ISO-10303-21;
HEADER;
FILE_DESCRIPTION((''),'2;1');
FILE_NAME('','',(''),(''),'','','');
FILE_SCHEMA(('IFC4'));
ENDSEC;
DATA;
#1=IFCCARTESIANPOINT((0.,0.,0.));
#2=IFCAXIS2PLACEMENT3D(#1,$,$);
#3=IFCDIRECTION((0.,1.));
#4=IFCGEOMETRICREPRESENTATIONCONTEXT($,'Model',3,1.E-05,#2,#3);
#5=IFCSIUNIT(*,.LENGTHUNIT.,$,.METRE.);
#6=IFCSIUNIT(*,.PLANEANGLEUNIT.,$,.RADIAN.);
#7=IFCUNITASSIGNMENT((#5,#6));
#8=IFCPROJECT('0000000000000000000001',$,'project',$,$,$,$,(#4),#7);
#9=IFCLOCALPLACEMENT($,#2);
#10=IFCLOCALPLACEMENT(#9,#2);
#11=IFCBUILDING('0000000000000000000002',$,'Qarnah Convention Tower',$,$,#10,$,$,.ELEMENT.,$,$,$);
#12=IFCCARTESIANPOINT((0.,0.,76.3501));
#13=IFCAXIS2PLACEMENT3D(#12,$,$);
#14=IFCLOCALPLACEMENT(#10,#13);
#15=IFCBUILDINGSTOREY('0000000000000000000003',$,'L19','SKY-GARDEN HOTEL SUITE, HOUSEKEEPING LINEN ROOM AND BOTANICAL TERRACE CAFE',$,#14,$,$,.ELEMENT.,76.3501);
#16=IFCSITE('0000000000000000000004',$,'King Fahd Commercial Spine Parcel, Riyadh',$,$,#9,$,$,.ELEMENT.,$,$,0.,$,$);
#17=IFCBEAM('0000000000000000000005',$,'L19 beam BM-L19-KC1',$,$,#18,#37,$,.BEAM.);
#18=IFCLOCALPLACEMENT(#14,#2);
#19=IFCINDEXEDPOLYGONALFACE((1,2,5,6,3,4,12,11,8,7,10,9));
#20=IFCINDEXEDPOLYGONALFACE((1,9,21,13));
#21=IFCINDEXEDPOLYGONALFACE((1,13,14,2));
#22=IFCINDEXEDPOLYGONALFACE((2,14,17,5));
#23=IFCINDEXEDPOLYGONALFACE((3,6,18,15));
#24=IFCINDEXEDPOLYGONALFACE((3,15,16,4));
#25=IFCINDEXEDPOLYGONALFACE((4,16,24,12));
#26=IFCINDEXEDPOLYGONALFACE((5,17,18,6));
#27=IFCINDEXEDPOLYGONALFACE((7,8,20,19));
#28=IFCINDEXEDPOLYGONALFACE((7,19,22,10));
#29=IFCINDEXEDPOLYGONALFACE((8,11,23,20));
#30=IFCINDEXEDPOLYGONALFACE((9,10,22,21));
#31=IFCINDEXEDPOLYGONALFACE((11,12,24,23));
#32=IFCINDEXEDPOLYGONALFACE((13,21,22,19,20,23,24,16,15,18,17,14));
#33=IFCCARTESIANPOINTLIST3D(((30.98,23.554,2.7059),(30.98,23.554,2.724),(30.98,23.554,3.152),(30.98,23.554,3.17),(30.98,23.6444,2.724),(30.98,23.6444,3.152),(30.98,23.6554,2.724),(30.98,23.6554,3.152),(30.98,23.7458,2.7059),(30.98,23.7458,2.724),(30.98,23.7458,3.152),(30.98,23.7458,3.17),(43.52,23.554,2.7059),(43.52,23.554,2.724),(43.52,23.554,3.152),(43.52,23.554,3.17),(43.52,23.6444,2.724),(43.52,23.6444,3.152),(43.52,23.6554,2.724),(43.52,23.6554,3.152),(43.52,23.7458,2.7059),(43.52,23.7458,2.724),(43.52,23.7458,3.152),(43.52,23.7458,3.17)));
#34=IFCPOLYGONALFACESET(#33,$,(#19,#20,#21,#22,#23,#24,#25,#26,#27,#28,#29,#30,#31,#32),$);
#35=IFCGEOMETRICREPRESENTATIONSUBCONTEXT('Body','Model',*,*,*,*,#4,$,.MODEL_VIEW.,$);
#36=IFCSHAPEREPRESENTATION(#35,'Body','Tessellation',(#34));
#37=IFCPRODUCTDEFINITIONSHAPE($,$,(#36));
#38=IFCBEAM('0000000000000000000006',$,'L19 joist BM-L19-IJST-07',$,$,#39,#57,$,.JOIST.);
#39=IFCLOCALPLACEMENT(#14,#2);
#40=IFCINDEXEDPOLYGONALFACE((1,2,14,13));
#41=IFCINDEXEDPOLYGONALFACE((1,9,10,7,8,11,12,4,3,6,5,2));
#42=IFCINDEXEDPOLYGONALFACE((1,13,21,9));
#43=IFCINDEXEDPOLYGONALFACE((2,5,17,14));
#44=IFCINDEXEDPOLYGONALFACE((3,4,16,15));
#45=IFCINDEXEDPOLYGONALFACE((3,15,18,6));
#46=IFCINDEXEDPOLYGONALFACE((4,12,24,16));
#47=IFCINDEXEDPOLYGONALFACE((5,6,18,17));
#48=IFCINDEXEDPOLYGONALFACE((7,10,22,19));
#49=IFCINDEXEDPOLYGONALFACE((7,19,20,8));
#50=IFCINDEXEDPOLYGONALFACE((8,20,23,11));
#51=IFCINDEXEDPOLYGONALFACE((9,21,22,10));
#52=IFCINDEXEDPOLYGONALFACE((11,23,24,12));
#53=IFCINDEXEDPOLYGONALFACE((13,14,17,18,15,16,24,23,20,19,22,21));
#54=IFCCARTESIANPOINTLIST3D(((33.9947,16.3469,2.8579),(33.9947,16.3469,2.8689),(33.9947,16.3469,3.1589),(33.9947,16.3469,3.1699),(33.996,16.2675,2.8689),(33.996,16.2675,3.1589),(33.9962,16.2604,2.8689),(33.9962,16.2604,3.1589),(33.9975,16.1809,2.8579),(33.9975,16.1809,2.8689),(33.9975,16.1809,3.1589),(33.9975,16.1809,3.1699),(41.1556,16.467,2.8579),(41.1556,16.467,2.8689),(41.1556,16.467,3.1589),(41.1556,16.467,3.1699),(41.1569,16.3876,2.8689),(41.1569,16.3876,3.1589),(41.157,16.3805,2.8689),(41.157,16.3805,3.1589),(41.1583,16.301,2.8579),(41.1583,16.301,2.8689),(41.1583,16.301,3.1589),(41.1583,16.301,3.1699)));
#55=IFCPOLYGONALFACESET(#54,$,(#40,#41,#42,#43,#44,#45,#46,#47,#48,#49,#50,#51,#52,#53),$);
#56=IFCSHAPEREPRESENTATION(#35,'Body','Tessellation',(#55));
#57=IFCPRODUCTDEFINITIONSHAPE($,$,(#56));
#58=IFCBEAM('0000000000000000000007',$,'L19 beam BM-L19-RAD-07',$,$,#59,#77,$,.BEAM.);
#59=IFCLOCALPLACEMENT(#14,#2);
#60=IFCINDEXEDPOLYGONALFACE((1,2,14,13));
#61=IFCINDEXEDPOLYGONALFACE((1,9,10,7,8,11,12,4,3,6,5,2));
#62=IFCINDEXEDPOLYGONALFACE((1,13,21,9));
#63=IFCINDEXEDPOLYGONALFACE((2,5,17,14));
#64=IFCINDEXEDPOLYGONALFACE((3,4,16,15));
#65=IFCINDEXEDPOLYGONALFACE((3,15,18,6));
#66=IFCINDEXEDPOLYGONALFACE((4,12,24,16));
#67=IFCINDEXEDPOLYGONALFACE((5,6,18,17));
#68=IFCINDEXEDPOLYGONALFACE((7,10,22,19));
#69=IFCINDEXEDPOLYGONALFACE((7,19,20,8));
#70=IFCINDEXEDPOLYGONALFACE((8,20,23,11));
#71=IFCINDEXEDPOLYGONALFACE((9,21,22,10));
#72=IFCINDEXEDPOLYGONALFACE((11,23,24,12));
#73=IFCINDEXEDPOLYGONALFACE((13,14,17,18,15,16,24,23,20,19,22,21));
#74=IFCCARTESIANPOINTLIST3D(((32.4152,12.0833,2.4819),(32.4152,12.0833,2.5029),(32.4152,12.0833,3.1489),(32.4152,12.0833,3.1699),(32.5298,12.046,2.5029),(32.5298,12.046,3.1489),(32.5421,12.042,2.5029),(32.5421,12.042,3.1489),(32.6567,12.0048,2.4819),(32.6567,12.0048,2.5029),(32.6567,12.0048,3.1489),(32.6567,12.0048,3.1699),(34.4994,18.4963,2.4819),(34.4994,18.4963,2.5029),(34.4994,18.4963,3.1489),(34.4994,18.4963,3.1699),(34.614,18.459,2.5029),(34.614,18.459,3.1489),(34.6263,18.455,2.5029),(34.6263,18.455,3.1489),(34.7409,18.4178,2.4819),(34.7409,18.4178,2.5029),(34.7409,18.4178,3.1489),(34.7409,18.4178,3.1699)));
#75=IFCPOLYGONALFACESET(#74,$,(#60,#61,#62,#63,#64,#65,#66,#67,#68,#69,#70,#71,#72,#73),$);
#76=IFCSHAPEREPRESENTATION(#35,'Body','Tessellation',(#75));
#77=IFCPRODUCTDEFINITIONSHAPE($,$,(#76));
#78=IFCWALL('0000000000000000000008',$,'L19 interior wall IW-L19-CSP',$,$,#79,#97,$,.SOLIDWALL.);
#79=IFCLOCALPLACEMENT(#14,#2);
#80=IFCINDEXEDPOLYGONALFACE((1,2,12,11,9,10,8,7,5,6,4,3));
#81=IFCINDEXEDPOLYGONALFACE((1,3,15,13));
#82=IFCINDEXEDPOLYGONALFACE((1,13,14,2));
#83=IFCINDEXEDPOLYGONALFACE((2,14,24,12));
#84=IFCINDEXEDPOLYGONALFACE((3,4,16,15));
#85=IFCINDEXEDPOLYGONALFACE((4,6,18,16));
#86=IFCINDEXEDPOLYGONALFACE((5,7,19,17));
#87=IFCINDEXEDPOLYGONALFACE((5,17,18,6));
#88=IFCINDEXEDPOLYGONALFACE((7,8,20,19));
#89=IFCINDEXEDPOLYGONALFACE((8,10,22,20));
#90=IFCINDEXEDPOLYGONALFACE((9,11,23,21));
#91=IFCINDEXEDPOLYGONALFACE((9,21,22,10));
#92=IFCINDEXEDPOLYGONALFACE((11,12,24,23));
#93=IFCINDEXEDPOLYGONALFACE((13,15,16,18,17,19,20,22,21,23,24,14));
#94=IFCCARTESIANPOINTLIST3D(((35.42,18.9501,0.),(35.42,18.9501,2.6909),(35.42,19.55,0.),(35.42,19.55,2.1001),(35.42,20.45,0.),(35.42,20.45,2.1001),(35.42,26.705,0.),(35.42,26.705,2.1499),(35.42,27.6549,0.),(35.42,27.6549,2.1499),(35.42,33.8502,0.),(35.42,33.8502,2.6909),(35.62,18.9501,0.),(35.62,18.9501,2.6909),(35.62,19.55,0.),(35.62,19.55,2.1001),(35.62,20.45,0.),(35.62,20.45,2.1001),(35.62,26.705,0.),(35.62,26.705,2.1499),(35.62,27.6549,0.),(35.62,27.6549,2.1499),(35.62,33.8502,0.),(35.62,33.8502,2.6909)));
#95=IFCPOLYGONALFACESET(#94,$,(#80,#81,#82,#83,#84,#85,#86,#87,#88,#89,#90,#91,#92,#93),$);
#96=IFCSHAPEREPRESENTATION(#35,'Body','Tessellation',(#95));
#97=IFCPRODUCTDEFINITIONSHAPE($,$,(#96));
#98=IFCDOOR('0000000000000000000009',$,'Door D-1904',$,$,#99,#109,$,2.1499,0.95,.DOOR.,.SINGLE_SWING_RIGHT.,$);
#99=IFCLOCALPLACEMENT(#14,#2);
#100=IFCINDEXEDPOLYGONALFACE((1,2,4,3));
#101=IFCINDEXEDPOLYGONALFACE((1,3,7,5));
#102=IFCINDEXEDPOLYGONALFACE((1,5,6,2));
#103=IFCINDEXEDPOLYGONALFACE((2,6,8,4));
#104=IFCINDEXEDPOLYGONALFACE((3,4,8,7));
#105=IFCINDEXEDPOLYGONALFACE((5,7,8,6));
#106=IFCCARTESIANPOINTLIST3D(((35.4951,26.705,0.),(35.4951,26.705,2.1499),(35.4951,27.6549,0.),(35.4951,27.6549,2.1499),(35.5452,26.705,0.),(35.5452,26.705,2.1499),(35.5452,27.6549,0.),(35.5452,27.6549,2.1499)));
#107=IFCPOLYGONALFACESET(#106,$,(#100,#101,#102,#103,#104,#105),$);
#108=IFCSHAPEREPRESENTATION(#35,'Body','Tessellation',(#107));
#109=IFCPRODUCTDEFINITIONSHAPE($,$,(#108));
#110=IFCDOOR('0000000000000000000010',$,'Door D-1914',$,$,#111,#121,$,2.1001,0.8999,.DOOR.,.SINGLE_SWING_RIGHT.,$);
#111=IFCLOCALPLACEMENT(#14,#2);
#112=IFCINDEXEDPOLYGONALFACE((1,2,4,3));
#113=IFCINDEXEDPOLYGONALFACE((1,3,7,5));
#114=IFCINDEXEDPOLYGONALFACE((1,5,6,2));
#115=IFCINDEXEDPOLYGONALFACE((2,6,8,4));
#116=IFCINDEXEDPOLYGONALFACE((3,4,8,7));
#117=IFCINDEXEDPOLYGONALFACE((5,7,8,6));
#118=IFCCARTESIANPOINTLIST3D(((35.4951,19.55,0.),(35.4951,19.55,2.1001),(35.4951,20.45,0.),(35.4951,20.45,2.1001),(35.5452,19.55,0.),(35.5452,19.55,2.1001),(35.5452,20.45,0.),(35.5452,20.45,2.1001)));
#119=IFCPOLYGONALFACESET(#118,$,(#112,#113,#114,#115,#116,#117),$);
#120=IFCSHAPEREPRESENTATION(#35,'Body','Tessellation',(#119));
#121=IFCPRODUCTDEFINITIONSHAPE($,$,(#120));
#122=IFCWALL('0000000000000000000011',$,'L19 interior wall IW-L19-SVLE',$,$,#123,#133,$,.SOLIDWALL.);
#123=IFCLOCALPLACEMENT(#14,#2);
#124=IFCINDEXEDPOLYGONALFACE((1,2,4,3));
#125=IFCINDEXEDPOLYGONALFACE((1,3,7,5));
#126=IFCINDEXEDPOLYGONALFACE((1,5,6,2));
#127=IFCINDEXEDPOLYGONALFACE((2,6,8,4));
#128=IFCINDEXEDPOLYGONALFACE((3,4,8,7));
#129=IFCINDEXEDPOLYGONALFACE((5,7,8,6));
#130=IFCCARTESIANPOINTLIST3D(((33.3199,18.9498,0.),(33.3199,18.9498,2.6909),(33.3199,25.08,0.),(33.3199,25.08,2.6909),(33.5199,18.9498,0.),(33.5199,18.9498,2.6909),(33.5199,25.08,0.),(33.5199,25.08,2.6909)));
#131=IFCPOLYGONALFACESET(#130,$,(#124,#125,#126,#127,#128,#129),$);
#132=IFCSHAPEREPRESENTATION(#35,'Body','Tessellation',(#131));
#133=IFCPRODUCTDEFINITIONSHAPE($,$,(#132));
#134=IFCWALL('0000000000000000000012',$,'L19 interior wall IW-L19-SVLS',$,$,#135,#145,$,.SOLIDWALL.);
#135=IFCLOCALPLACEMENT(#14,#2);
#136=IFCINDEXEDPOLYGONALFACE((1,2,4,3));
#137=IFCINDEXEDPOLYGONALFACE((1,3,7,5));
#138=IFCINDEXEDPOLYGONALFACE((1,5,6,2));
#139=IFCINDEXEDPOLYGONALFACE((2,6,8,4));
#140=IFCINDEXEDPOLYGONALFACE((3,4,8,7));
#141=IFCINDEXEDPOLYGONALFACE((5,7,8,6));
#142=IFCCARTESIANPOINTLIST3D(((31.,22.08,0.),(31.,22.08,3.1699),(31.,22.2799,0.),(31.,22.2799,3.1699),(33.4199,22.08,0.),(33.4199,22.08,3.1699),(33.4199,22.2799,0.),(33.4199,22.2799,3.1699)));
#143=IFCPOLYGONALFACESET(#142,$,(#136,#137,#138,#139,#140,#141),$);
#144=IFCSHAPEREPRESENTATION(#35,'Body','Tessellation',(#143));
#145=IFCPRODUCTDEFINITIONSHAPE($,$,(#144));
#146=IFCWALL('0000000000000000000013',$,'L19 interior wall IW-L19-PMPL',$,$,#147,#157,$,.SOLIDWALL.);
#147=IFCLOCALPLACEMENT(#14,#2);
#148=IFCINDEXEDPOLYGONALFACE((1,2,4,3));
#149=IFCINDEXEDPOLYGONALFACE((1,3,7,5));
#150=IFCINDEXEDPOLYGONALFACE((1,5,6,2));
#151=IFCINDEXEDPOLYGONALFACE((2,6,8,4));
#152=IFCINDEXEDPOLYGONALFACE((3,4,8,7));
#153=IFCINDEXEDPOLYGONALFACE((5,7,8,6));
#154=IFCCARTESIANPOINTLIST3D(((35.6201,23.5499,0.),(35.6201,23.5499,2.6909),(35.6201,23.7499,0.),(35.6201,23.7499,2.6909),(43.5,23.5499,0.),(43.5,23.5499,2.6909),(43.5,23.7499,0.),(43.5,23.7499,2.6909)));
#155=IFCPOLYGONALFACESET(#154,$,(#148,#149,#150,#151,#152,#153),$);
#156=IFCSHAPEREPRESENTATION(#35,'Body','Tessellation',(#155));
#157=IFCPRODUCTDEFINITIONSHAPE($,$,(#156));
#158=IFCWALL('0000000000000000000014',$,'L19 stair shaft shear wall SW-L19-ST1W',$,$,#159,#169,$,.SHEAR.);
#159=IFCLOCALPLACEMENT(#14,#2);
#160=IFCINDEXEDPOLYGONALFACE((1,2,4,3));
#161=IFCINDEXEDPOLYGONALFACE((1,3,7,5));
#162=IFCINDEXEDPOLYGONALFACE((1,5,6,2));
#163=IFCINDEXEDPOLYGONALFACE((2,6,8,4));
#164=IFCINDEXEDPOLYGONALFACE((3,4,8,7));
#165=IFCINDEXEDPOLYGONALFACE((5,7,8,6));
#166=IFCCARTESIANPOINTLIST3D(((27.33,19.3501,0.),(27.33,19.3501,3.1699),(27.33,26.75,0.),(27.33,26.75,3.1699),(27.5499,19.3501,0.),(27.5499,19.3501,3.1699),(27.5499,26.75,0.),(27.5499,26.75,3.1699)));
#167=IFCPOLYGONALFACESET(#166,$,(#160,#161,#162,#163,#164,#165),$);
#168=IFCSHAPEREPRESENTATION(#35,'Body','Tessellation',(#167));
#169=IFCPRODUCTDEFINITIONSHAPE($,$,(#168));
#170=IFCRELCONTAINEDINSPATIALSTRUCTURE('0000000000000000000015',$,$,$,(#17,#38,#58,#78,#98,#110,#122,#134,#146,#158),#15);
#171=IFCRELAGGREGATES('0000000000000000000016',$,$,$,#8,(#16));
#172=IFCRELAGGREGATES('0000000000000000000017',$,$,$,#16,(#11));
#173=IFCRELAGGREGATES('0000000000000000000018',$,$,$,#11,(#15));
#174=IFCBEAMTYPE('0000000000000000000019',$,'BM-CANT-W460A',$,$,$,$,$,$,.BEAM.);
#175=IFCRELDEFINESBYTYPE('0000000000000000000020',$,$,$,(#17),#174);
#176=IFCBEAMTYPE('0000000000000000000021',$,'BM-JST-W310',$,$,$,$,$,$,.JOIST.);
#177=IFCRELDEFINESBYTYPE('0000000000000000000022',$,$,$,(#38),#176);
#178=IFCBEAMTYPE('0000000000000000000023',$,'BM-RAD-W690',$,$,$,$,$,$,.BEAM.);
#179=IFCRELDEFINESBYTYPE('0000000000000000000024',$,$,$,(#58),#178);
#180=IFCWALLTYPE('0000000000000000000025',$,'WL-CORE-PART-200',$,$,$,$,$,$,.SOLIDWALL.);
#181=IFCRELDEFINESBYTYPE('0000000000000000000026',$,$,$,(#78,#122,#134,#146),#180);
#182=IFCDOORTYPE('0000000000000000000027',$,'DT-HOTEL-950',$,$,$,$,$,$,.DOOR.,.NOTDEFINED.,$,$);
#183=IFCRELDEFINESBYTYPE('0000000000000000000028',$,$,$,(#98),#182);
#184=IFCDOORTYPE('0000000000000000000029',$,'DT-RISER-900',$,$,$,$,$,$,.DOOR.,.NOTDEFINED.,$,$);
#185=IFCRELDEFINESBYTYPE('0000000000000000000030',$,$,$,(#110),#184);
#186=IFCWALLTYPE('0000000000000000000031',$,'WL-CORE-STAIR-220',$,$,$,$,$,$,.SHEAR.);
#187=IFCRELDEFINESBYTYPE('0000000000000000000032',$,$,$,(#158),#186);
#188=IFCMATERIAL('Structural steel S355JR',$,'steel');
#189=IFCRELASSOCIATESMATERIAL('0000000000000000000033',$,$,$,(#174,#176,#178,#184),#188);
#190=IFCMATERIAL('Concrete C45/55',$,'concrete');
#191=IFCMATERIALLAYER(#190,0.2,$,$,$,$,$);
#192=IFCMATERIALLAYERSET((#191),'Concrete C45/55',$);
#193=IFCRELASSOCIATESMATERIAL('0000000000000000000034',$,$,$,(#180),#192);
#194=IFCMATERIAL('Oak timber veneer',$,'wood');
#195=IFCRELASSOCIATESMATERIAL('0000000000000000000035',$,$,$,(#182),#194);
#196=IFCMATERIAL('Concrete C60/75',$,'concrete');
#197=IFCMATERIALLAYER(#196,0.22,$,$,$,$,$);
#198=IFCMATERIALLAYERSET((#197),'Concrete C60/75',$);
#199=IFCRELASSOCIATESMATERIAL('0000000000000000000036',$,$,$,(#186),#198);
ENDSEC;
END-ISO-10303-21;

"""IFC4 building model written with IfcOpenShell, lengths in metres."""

from ifc_helpers import new_model, si_unit, direction, frame, frame_2d, origin, origin_2d, place, context, subcontext, project, spatial, rectangle, i_section, extrude, material, layer, layer_set, material_profile, profile_set, type_object, element, fill, save


model = new_model("IFC4")

# Units and contexts
model_context = context("Model", 3, precision=1e-05, world=origin(), true_north=direction((0.0, 1.0)))
body_context = subcontext(model_context, "Body", "Model", "MODEL_VIEW")
ifc_project = project(units=[si_unit("LENGTHUNIT", "METRE"), si_unit("PLANEANGLEUNIT", "RADIAN")], contexts=[model_context])

# Site, building, storey
site_placement = place(None, origin())
site = spatial("IfcSite", under=ifc_project, at=site_placement, Name="King Fahd Commercial Spine Parcel, Riyadh", CompositionType="ELEMENT", RefElevation=0.0)
building_placement = place(site_placement, origin())
building = spatial("IfcBuilding", under=site, at=building_placement, Name="Qarnah Convention Tower", CompositionType="ELEMENT")
storey_placement = place(building_placement, frame((0.0, 0.0, 76.3501)))
storey = spatial("IfcBuildingStorey", under=building, at=storey_placement, Name="L19", Description="SKY-GARDEN HOTEL SUITE, HOUSEKEEPING LINEN ROOM AND BOTANICAL TERRACE CAFE", CompositionType="ELEMENT", Elevation=76.3501)

# Beams
ifc_material_1 = material(Name="Structural steel S355JR", Category="steel")
ifc_material_profile_1 = material_profile(ifc_material_1, i_section(OverallWidth=0.1919, OverallDepth=0.4641, WebThickness=0.011, FlangeThickness=0.0181, at=origin_2d()), Name="W460X89")
ifc_profile_set_1 = profile_set([ifc_material_profile_1], Name="Structural steel S355JR")
beam_type_1 = type_object("IfcBeamType", Name="BM-CANT-W460A", PredefinedType="BEAM", material=ifc_profile_set_1)
beam_1_placement = place(storey_placement, frame((30.98, 23.6499, 2.938), z_axis=(1.0, 0.0, 0.0), x_axis=(0.0, 1.0, 0.0)))
element("IfcBeam", 1, at=beam_1_placement, inside=storey, type_object=beam_type_1, Name="L19 beam BM-L19-KC1", PredefinedType="BEAM", context=body_context, shape_type="SweptSolid", body=[
    extrude(i_section(OverallWidth=0.1919, OverallDepth=0.4641, WebThickness=0.011, FlangeThickness=0.0181, at=origin_2d()), origin(), (0.0, 0.0, 1.0), 12.54),
])
ifc_material_profile_2 = material_profile(ifc_material_1, i_section(OverallWidth=0.166, OverallDepth=0.312, WebThickness=0.0071, FlangeThickness=0.011, at=origin_2d()), Name="W310X45")
ifc_profile_set_2 = profile_set([ifc_material_profile_2], Name="Structural steel S355JR")
beam_type_2 = type_object("IfcBeamType", Name="BM-JST-W310", PredefinedType="JOIST", material=ifc_profile_set_2)
beam_2_placement = place(storey_placement, frame((33.9961, 16.2639, 3.0139), z_axis=(0.999859, 0.016772, 0.0), x_axis=(-0.016772, 0.999859, 0.0)))
element("IfcBeam", 2, at=beam_2_placement, inside=storey, type_object=beam_type_2, Name="L19 joist BM-L19-IJST-07", PredefinedType="JOIST", context=body_context, shape_type="SweptSolid", body=[
    extrude(i_section(OverallWidth=0.166, OverallDepth=0.312, WebThickness=0.0071, FlangeThickness=0.011, at=origin_2d()), origin(), (0.0, 0.0, 1.0), 7.1619),
])
ifc_material_profile_3 = material_profile(ifc_material_1, i_section(OverallWidth=0.2539, OverallDepth=0.688, WebThickness=0.0129, FlangeThickness=0.021, at=origin_2d()), Name="W690X152")
ifc_profile_set_3 = profile_set([ifc_material_profile_3], Name="Structural steel S355JR")
beam_type_3 = type_object("IfcBeamType", Name="BM-RAD-W690", PredefinedType="BEAM", material=ifc_profile_set_3)
beam_3_placement = place(storey_placement, frame((34.6201, 18.457, 2.8259), z_axis=(-0.309083, -0.951035, 0.0), x_axis=(0.951035, -0.309083, 0.0)))
element("IfcBeam", 3, at=beam_3_placement, inside=storey, type_object=beam_type_3, Name="L19 beam BM-L19-RAD-07", PredefinedType="BEAM", context=body_context, shape_type="SweptSolid", body=[
    extrude(i_section(OverallWidth=0.2539, OverallDepth=0.688, WebThickness=0.0129, FlangeThickness=0.021, at=origin_2d()), origin(), (0.0, 0.0, 1.0), 6.7432),
])

# Wall, openings, doors
ifc_material_2 = material(Name="Concrete C60/75", Category="concrete")
door_type_1 = type_object("IfcDoorType", Name="DT-RISER-900", OperationType="NOTDEFINED", PredefinedType="DOOR", material=ifc_material_1)
ifc_material_3 = material(Name="Concrete C45/55", Category="concrete")
ifc_layer_1 = layer(ifc_material_3, 0.2)
ifc_layer_set_1 = layer_set([ifc_layer_1], Name="Concrete C45/55")
wall_type_1 = type_object("IfcWallType", Name="WL-CORE-PART-200", PredefinedType="SOLIDWALL", material=ifc_layer_set_1)
wall_1_placement = place(storey_placement, frame((35.52, 18.95, 0.0), z_axis=(0.0, 0.0, 1.0), x_axis=(0.0, 1.0, 0.0)))
wall_1 = element("IfcWall", 4, at=wall_1_placement, inside=storey, type_object=wall_type_1, Name="L19 interior wall IW-L19-CSP", PredefinedType="SOLIDWALL", context=body_context, shape_type="SweptSolid", body=[
    extrude(rectangle(XDim=14.9001, YDim=0.2, at=frame_2d((7.4502, 0.0))), origin(), (0.0, 0.0, 1.0), 2.6909),
])
opening_1_placement = place(wall_1_placement, frame((7.7549, 0.0, 0.0)))
opening_1 = element("IfcOpeningElement", 5, at=opening_1_placement, cuts=wall_1, PredefinedType="OPENING", context=body_context, shape_type="SweptSolid", body=[
    extrude(rectangle(XDim=0.95, YDim=2.1499, at=frame_2d((0.4751, 1.075))), frame((0.0, 0.1099, 0.0), z_axis=(0.0, -1.0, 0.0), x_axis=(1.0, 0.0, 0.0)), (0.0, 0.0, 1.0), 0.22),
])
opening_2_placement = place(wall_1_placement, frame((0.6001, 0.0, 0.0)))
opening_2 = element("IfcOpeningElement", 6, at=opening_2_placement, cuts=wall_1, PredefinedType="OPENING", context=body_context, shape_type="SweptSolid", body=[
    extrude(rectangle(XDim=0.8999, YDim=2.1001, at=frame_2d((0.45, 1.05))), frame((0.0, 0.1099, 0.0), z_axis=(0.0, -1.0, 0.0), x_axis=(1.0, 0.0, 0.0)), (0.0, 0.0, 1.0), 0.22),
])
ifc_material_4 = material(Name="Oak timber veneer", Category="wood")
door_type_2 = type_object("IfcDoorType", Name="DT-HOTEL-950", OperationType="NOTDEFINED", PredefinedType="DOOR", material=ifc_material_4)
door_1_placement = place(opening_1_placement, origin())
door_1 = element("IfcDoor", 7, at=door_1_placement, inside=storey, type_object=door_type_2, Name="Door D-1904", OperationType="SINGLE_SWING_RIGHT", OverallHeight=2.1499, OverallWidth=0.95, PredefinedType="DOOR", context=body_context, shape_type="SweptSolid", body=[
    extrude(rectangle(XDim=0.95, YDim=2.1499, at=frame_2d((0.4751, 1.075))), frame((0.0, 0.0249, 0.0), z_axis=(0.0, -1.0, 0.0), x_axis=(1.0, 0.0, 0.0)), (0.0, 0.0, 1.0), 0.05),
])
fill(opening_1, door_1)
door_2_placement = place(opening_2_placement, origin())
door_2 = element("IfcDoor", 8, at=door_2_placement, inside=storey, type_object=door_type_1, Name="Door D-1914", OperationType="SINGLE_SWING_RIGHT", OverallHeight=2.1001, OverallWidth=0.8999, PredefinedType="DOOR", context=body_context, shape_type="SweptSolid", body=[
    extrude(rectangle(XDim=0.8999, YDim=2.1001, at=frame_2d((0.45, 1.05))), frame((0.0, 0.0249, 0.0), z_axis=(0.0, -1.0, 0.0), x_axis=(1.0, 0.0, 0.0)), (0.0, 0.0, 1.0), 0.05),
])
fill(opening_2, door_2)

# Walls
wall_2_placement = place(storey_placement, frame((33.4199, 18.95, 0.0), z_axis=(0.0, 0.0, 1.0), x_axis=(0.0, 1.0, 0.0)))
element("IfcWall", 9, at=wall_2_placement, inside=storey, type_object=wall_type_1, Name="L19 interior wall IW-L19-SVLE", PredefinedType="SOLIDWALL", context=body_context, shape_type="SweptSolid", body=[
    extrude(rectangle(XDim=6.1301, YDim=0.2, at=frame_2d((3.0649, 0.0))), origin(), (0.0, 0.0, 1.0), 2.6909),
])
wall_3_placement = place(storey_placement, frame((31.0, 22.1799, 0.0), z_axis=(0.0, 0.0, 1.0), x_axis=(1.0, 0.0, 0.0)))
element("IfcWall", 10, at=wall_3_placement, inside=storey, type_object=wall_type_1, Name="L19 interior wall IW-L19-SVLS", PredefinedType="SOLIDWALL", context=body_context, shape_type="SweptSolid", body=[
    extrude(rectangle(XDim=2.4199, YDim=0.2, at=frame_2d((1.21, 0.0))), origin(), (0.0, 0.0, 1.0), 3.1699),
])
wall_4_placement = place(storey_placement, frame((35.6201, 23.6499, 0.0), z_axis=(0.0, 0.0, 1.0), x_axis=(1.0, 0.0, 0.0)))
element("IfcWall", 11, at=wall_4_placement, inside=storey, type_object=wall_type_1, Name="L19 interior wall IW-L19-PMPL", PredefinedType="SOLIDWALL", context=body_context, shape_type="SweptSolid", body=[
    extrude(rectangle(XDim=7.8799, YDim=0.2, at=frame_2d((3.9399, 0.0))), origin(), (0.0, 0.0, 1.0), 2.6909),
])

# Wall
ifc_layer_2 = layer(ifc_material_2, 0.22)
ifc_layer_set_2 = layer_set([ifc_layer_2], Name="Concrete C60/75")
wall_type_2 = type_object("IfcWallType", Name="WL-CORE-STAIR-220", PredefinedType="SHEAR", material=ifc_layer_set_2)
wall_5_placement = place(storey_placement, frame((27.4399, 19.3501, 0.0), z_axis=(0.0, 0.0, 1.0), x_axis=(0.0, 1.0, 0.0)))
element("IfcWall", 12, at=wall_5_placement, inside=storey, type_object=wall_type_2, Name="L19 stair shaft shear wall SW-L19-ST1W", PredefinedType="SHEAR", context=body_context, shape_type="SweptSolid", body=[
    extrude(rectangle(XDim=7.3999, YDim=0.22, at=frame_2d((3.7, 0.0))), origin(), (0.0, 0.0, 1.0), 3.1699),
])

save(model, "model.ifc")
